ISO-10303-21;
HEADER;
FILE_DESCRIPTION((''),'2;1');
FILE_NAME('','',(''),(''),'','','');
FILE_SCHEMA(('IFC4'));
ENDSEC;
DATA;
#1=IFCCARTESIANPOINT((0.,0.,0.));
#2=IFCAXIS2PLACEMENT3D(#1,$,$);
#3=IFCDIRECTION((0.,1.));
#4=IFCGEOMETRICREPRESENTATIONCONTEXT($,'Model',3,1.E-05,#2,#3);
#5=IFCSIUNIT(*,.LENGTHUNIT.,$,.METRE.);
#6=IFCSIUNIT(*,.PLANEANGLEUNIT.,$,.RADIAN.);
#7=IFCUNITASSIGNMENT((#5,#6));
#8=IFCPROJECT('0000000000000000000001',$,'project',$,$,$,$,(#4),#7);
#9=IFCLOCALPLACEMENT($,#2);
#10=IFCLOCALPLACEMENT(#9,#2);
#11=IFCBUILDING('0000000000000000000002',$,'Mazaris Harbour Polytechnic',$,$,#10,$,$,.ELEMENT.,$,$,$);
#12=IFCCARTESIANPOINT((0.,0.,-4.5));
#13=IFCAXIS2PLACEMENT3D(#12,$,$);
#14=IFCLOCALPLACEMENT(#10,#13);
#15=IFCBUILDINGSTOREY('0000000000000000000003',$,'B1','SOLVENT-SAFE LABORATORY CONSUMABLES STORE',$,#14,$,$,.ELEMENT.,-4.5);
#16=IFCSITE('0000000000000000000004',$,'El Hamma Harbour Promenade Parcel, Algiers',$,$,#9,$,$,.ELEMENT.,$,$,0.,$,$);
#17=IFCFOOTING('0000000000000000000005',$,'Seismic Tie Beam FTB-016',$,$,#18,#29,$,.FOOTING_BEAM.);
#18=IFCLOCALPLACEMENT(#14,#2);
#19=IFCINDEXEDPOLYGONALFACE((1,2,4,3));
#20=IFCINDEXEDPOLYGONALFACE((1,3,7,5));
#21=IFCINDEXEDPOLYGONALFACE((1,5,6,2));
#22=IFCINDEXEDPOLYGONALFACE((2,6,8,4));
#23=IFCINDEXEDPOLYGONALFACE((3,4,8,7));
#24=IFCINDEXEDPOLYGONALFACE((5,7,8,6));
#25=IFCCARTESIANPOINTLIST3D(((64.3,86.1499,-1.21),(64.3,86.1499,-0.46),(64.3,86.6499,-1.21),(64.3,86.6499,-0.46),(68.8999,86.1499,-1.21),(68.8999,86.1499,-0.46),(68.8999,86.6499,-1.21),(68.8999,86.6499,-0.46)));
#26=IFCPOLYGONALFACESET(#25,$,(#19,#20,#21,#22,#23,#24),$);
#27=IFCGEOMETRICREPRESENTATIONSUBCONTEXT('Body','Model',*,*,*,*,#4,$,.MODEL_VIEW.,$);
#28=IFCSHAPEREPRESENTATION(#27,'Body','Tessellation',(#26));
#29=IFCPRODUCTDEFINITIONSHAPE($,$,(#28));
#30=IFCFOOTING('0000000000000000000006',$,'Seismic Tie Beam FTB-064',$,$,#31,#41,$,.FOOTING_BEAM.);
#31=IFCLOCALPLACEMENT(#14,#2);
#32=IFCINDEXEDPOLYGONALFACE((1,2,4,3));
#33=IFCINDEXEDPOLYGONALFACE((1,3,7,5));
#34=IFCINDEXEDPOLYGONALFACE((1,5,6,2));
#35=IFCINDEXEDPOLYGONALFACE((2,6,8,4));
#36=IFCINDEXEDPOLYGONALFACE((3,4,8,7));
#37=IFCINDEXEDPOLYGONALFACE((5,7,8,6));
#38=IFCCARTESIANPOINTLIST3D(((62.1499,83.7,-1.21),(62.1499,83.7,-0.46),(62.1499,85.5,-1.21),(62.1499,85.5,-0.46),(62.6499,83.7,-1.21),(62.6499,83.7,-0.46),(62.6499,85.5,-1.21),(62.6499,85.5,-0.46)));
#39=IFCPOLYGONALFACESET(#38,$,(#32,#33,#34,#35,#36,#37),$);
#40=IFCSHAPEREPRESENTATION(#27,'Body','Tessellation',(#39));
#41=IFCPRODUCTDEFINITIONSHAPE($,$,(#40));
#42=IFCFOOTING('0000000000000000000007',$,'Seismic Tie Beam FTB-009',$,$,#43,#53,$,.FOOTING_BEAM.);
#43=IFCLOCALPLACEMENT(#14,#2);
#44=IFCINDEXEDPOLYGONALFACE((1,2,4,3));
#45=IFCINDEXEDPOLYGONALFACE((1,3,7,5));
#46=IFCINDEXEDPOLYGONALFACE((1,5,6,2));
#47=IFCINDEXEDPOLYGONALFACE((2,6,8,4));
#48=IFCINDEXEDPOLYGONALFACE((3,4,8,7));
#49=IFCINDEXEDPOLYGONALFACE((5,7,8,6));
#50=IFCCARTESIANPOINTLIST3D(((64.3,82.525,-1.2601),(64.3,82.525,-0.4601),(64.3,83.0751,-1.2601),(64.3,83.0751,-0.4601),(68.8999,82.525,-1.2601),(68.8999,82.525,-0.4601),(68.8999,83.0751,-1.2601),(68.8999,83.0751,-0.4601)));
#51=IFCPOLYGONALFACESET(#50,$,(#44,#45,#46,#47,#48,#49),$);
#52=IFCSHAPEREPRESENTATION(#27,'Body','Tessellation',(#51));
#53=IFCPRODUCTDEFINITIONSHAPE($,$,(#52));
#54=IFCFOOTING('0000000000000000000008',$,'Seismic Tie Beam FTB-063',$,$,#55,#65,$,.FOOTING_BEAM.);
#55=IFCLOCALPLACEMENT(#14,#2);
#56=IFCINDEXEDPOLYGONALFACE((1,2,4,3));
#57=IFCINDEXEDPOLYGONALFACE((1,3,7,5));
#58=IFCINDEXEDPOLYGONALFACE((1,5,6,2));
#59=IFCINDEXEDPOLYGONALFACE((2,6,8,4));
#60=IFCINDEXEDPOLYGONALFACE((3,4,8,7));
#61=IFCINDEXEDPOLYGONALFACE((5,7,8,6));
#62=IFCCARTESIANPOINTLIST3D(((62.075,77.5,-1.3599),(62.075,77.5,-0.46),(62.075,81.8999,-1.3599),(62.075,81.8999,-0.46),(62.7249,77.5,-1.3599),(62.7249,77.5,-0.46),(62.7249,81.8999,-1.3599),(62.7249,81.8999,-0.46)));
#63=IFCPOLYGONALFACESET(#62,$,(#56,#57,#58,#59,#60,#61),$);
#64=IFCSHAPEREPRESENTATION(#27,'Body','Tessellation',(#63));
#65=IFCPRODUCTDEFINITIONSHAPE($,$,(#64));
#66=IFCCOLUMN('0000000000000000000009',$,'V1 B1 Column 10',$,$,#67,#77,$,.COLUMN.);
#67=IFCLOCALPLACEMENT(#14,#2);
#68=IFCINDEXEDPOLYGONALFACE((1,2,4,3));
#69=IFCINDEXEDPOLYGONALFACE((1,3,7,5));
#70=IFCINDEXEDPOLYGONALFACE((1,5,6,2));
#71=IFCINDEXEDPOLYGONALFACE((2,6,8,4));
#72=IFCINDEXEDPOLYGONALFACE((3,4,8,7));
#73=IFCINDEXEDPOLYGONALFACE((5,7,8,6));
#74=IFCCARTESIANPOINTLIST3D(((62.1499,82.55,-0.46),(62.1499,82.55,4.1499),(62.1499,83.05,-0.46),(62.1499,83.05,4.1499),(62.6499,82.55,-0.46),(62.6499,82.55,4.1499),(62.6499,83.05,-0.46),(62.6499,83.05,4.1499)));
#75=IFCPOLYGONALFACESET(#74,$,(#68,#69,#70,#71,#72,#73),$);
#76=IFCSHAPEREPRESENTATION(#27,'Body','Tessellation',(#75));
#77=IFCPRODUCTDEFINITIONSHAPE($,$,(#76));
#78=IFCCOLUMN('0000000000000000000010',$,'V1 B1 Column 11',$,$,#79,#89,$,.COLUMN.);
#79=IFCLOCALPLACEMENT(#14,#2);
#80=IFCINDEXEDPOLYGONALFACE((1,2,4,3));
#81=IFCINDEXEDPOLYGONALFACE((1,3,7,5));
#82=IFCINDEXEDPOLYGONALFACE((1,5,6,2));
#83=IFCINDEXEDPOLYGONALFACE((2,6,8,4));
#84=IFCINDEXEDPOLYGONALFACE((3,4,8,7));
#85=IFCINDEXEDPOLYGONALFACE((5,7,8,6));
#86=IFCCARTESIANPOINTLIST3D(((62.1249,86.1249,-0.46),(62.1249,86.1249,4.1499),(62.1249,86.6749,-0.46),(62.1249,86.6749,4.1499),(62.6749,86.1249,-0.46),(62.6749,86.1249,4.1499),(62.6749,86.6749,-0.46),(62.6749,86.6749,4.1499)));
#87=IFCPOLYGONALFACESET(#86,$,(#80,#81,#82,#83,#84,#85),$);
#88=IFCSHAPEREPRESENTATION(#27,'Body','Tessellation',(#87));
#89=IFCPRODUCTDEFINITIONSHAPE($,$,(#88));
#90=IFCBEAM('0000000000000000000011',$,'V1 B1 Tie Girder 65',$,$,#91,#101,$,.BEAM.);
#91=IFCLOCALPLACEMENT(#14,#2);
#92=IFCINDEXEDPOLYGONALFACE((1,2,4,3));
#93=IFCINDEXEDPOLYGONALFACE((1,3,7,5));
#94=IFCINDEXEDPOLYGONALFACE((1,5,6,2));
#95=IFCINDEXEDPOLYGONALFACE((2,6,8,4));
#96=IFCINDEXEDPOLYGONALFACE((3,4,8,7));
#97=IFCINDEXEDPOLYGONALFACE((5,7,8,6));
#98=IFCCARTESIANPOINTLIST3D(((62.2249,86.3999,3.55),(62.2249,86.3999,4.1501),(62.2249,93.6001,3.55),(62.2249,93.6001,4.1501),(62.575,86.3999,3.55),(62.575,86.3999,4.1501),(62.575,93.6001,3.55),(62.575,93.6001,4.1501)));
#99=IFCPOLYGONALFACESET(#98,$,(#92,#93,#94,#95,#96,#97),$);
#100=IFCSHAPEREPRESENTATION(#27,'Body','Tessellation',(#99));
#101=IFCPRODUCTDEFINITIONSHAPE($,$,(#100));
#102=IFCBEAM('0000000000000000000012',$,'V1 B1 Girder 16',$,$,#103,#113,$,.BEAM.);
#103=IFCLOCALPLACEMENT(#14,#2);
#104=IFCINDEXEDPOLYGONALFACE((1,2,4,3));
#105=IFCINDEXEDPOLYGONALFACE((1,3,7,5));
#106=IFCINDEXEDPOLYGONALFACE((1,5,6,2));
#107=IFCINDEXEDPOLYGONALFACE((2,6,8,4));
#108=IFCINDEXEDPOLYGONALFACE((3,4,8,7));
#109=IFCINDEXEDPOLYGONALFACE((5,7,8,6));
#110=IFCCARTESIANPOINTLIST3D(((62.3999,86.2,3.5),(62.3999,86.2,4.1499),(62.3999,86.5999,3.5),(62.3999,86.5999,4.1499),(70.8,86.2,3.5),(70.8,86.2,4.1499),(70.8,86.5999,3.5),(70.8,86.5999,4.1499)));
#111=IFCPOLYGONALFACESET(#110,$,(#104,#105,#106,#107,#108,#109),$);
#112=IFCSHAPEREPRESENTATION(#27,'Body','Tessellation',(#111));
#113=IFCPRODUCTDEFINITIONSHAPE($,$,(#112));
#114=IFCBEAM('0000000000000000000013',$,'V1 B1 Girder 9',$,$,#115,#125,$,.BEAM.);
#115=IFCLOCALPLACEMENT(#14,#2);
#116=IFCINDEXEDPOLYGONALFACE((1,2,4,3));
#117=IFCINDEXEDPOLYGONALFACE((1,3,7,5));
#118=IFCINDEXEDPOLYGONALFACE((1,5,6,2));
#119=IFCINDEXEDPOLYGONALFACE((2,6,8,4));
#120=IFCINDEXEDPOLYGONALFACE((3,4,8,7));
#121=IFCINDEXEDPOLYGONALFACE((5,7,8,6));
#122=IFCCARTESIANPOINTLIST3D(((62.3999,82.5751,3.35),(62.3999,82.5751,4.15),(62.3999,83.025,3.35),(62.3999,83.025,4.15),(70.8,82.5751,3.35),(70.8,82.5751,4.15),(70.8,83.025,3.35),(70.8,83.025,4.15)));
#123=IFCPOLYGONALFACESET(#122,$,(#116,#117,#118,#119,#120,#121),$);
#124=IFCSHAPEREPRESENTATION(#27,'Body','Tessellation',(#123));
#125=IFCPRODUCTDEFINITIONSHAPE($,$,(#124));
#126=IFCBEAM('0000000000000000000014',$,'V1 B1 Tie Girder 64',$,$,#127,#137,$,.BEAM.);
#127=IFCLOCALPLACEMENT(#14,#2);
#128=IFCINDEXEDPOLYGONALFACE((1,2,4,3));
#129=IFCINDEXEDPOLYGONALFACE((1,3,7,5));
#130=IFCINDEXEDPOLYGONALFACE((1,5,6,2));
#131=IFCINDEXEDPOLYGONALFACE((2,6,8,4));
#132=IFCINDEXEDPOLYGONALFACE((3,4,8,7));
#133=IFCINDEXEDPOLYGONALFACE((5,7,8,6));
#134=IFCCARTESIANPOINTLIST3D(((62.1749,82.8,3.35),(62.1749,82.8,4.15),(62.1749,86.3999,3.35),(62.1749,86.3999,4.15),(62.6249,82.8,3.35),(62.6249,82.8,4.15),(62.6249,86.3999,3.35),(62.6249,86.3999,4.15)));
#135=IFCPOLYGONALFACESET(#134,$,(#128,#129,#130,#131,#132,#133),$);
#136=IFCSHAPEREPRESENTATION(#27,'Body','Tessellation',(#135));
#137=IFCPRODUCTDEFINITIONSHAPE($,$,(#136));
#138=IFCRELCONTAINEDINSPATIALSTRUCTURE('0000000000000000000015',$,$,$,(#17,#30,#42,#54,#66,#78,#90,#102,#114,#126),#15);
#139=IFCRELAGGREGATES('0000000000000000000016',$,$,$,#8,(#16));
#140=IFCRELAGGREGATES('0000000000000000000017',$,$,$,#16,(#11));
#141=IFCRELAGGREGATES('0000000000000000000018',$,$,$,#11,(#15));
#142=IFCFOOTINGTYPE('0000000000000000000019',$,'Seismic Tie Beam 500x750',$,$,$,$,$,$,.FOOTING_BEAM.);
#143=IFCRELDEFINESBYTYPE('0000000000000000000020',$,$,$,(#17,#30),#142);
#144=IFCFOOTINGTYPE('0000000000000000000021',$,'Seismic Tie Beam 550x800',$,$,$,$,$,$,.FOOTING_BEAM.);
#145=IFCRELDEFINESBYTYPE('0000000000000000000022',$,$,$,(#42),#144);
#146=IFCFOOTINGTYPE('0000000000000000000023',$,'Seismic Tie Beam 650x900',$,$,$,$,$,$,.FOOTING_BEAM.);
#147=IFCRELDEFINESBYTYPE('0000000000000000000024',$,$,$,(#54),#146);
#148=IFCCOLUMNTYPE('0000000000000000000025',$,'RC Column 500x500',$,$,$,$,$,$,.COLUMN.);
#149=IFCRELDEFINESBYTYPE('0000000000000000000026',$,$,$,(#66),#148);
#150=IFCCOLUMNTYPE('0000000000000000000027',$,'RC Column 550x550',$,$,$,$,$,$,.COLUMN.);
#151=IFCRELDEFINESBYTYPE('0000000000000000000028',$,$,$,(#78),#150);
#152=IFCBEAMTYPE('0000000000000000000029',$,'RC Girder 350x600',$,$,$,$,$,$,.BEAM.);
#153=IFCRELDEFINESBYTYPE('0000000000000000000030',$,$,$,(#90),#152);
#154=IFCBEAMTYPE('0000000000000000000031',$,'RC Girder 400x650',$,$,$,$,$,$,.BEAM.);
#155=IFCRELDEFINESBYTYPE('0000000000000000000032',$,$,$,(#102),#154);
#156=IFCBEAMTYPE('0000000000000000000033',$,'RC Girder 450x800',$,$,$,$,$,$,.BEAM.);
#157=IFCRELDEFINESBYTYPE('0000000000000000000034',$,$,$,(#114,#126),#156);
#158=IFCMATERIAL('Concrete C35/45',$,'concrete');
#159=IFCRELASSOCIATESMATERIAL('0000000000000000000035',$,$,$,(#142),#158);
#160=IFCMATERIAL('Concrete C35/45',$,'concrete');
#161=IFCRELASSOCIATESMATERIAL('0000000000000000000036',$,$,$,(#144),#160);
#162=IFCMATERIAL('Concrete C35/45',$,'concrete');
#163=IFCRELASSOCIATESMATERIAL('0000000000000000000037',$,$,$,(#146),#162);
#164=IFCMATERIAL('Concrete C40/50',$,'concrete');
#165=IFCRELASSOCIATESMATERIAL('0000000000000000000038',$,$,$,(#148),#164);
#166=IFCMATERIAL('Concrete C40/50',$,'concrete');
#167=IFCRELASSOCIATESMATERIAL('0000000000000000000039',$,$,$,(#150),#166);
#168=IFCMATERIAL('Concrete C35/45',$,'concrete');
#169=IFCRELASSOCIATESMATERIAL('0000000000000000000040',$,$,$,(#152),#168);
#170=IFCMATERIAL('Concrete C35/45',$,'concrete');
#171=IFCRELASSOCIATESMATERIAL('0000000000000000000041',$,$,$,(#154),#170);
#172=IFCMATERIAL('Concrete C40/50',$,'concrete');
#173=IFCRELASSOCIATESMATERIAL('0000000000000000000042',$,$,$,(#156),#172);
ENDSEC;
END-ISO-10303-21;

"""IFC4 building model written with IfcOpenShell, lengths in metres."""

from ifc_helpers import new_model, si_unit, direction, frame, origin, origin_2d, place, context, subcontext, project, spatial, rectangle, extrude, material, material_profile, profile_set, type_object, element, save


model = new_model("IFC4")

# Units and contexts
model_context = context("Model", 3, precision=1e-05, world=origin(), true_north=direction((0.0, 1.0)))
body_context = subcontext(model_context, "Body", "Model", "MODEL_VIEW")
ifc_project = project(units=[si_unit("LENGTHUNIT", "METRE"), si_unit("PLANEANGLEUNIT", "RADIAN")], contexts=[model_context])

# Site, building, storey
site_placement = place(None, origin())
site = spatial("IfcSite", under=ifc_project, at=site_placement, Name="El Hamma Harbour Promenade Parcel, Algiers", CompositionType="ELEMENT", RefElevation=0.0)
building_placement = place(site_placement, origin())
building = spatial("IfcBuilding", under=site, at=building_placement, Name="Mazaris Harbour Polytechnic", CompositionType="ELEMENT")
storey_placement = place(building_placement, frame((0.0, 0.0, -4.5)))
storey = spatial("IfcBuildingStorey", under=building, at=storey_placement, Name="B1", Description="SOLVENT-SAFE LABORATORY CONSUMABLES STORE", CompositionType="ELEMENT", Elevation=-4.5)

# Footings
ifc_material_1 = material(Name="Concrete C35/45", Category="concrete")
ifc_material_profile_1 = material_profile(ifc_material_1, rectangle(XDim=0.5, YDim=0.75, at=origin_2d()), Name="RECT500x750")
ifc_profile_set_1 = profile_set([ifc_material_profile_1], Name="Concrete C35/45")
footing_type_1 = type_object("IfcFootingType", Name="Seismic Tie Beam 500x750", PredefinedType="FOOTING_BEAM", material=ifc_profile_set_1)
footing_1_placement = place(storey_placement, frame((64.3, 86.3999, -0.835), z_axis=(1.0, 0.0, 0.0), x_axis=(0.0, 1.0, 0.0)))
element("IfcFooting", 1, at=footing_1_placement, inside=storey, type_object=footing_type_1, Name="Seismic Tie Beam FTB-016", PredefinedType="FOOTING_BEAM", context=body_context, shape_type="SweptSolid", body=[
    extrude(rectangle(XDim=0.5, YDim=0.75, at=origin_2d()), origin(), (0.0, 0.0, 1.0), 4.5999),
])
footing_2_placement = place(storey_placement, frame((62.3999, 83.7, -0.835), z_axis=(0.0, 1.0, 0.0), x_axis=(-1.0, 0.0, 0.0)))
element("IfcFooting", 2, at=footing_2_placement, inside=storey, type_object=footing_type_1, Name="Seismic Tie Beam FTB-064", PredefinedType="FOOTING_BEAM", context=body_context, shape_type="SweptSolid", body=[
    extrude(rectangle(XDim=0.5, YDim=0.75, at=origin_2d()), origin(), (0.0, 0.0, 1.0), 1.8),
])
ifc_material_2 = material(Name="Concrete C35/45", Category="concrete")
ifc_material_profile_2 = material_profile(ifc_material_2, rectangle(XDim=0.55, YDim=0.8, at=origin_2d()), Name="RECT550x800")
ifc_profile_set_2 = profile_set([ifc_material_profile_2], Name="Concrete C35/45")
footing_type_2 = type_object("IfcFootingType", Name="Seismic Tie Beam 550x800", PredefinedType="FOOTING_BEAM", material=ifc_profile_set_2)
footing_3_placement = place(storey_placement, frame((64.3, 82.8, -0.8601), z_axis=(1.0, 0.0, 0.0), x_axis=(0.0, 1.0, 0.0)))
element("IfcFooting", 3, at=footing_3_placement, inside=storey, type_object=footing_type_2, Name="Seismic Tie Beam FTB-009", PredefinedType="FOOTING_BEAM", context=body_context, shape_type="SweptSolid", body=[
    extrude(rectangle(XDim=0.55, YDim=0.8, at=origin_2d()), origin(), (0.0, 0.0, 1.0), 4.5999),
])
ifc_material_3 = material(Name="Concrete C35/45", Category="concrete")
ifc_material_profile_3 = material_profile(ifc_material_3, rectangle(XDim=0.6499, YDim=0.8999, at=origin_2d()), Name="RECT650x900")
ifc_profile_set_3 = profile_set([ifc_material_profile_3], Name="Concrete C35/45")
footing_type_3 = type_object("IfcFootingType", Name="Seismic Tie Beam 650x900", PredefinedType="FOOTING_BEAM", material=ifc_profile_set_3)
footing_4_placement = place(storey_placement, frame((62.3999, 77.5, -0.9099), z_axis=(0.0, 1.0, 0.0), x_axis=(-1.0, 0.0, 0.0)))
element("IfcFooting", 4, at=footing_4_placement, inside=storey, type_object=footing_type_3, Name="Seismic Tie Beam FTB-063", PredefinedType="FOOTING_BEAM", context=body_context, shape_type="SweptSolid", body=[
    extrude(rectangle(XDim=0.6499, YDim=0.8999, at=origin_2d()), origin(), (0.0, 0.0, 1.0), 4.3999),
])

# Columns
ifc_material_4 = material(Name="Concrete C40/50", Category="concrete")
ifc_material_profile_4 = material_profile(ifc_material_4, rectangle(XDim=0.5, YDim=0.5, at=origin_2d()), Name="RECT500x500")
ifc_profile_set_4 = profile_set([ifc_material_profile_4], Name="Concrete C40/50")
column_type_1 = type_object("IfcColumnType", Name="RC Column 500x500", PredefinedType="COLUMN", material=ifc_profile_set_4)
column_1_placement = place(storey_placement, frame((62.3999, 82.8, -0.46), z_axis=(0.0, 0.0, 1.0), x_axis=(1.0, 0.0, 0.0)))
element("IfcColumn", 5, at=column_1_placement, inside=storey, type_object=column_type_1, Name="V1 B1 Column 10", PredefinedType="COLUMN", context=body_context, shape_type="SweptSolid", body=[
    extrude(rectangle(XDim=0.5, YDim=0.5, at=origin_2d()), origin(), (0.0, 0.0, 1.0), 4.6099),
])
ifc_material_5 = material(Name="Concrete C40/50", Category="concrete")
ifc_material_profile_5 = material_profile(ifc_material_5, rectangle(XDim=0.55, YDim=0.55, at=origin_2d()), Name="RECT550x550")
ifc_profile_set_5 = profile_set([ifc_material_profile_5], Name="Concrete C40/50")
column_type_2 = type_object("IfcColumnType", Name="RC Column 550x550", PredefinedType="COLUMN", material=ifc_profile_set_5)
column_2_placement = place(storey_placement, frame((62.3999, 86.3999, -0.46), z_axis=(0.0, 0.0, 1.0), x_axis=(1.0, 0.0, 0.0)))
element("IfcColumn", 6, at=column_2_placement, inside=storey, type_object=column_type_2, Name="V1 B1 Column 11", PredefinedType="COLUMN", context=body_context, shape_type="SweptSolid", body=[
    extrude(rectangle(XDim=0.55, YDim=0.55, at=origin_2d()), origin(), (0.0, 0.0, 1.0), 4.6099),
])

# Beams
ifc_material_6 = material(Name="Concrete C35/45", Category="concrete")
ifc_material_profile_6 = material_profile(ifc_material_6, rectangle(XDim=0.3501, YDim=0.6001, at=origin_2d()), Name="RECT350x600")
ifc_profile_set_6 = profile_set([ifc_material_profile_6], Name="Concrete C35/45")
beam_type_1 = type_object("IfcBeamType", Name="RC Girder 350x600", PredefinedType="BEAM", material=ifc_profile_set_6)
beam_1_placement = place(storey_placement, frame((62.3999, 86.3999, 3.8501), z_axis=(0.0, 1.0, 0.0), x_axis=(-1.0, 0.0, 0.0)))
element("IfcBeam", 7, at=beam_1_placement, inside=storey, type_object=beam_type_1, Name="V1 B1 Tie Girder 65", PredefinedType="BEAM", context=body_context, shape_type="SweptSolid", body=[
    extrude(rectangle(XDim=0.3501, YDim=0.6001, at=origin_2d()), origin(), (0.0, 0.0, 1.0), 7.2002),
])
ifc_material_7 = material(Name="Concrete C35/45", Category="concrete")
ifc_material_profile_7 = material_profile(ifc_material_7, rectangle(XDim=0.3999, YDim=0.6499, at=origin_2d()), Name="RECT400x650")
ifc_profile_set_7 = profile_set([ifc_material_profile_7], Name="Concrete C35/45")
beam_type_2 = type_object("IfcBeamType", Name="RC Girder 400x650", PredefinedType="BEAM", material=ifc_profile_set_7)
beam_2_placement = place(storey_placement, frame((62.3999, 86.3999, 3.825), z_axis=(1.0, 0.0, 0.0), x_axis=(0.0, 1.0, 0.0)))
element("IfcBeam", 8, at=beam_2_placement, inside=storey, type_object=beam_type_2, Name="V1 B1 Girder 16", PredefinedType="BEAM", context=body_context, shape_type="SweptSolid", body=[
    extrude(rectangle(XDim=0.3999, YDim=0.6499, at=origin_2d()), origin(), (0.0, 0.0, 1.0), 8.4001),
])
ifc_material_8 = material(Name="Concrete C40/50", Category="concrete")
ifc_material_profile_8 = material_profile(ifc_material_8, rectangle(XDim=0.45, YDim=0.8, at=origin_2d()), Name="RECT450x800")
ifc_profile_set_8 = profile_set([ifc_material_profile_8], Name="Concrete C40/50")
beam_type_3 = type_object("IfcBeamType", Name="RC Girder 450x800", PredefinedType="BEAM", material=ifc_profile_set_8)
beam_3_placement = place(storey_placement, frame((62.3999, 82.8, 3.75), z_axis=(1.0, 0.0, 0.0), x_axis=(0.0, 1.0, 0.0)))
element("IfcBeam", 9, at=beam_3_placement, inside=storey, type_object=beam_type_3, Name="V1 B1 Girder 9", PredefinedType="BEAM", context=body_context, shape_type="SweptSolid", body=[
    extrude(rectangle(XDim=0.45, YDim=0.8, at=origin_2d()), origin(), (0.0, 0.0, 1.0), 8.4001),
])
beam_4_placement = place(storey_placement, frame((62.3999, 82.8, 3.75), z_axis=(0.0, 1.0, 0.0), x_axis=(-1.0, 0.0, 0.0)))
element("IfcBeam", 10, at=beam_4_placement, inside=storey, type_object=beam_type_3, Name="V1 B1 Tie Girder 64", PredefinedType="BEAM", context=body_context, shape_type="SweptSolid", body=[
    extrude(rectangle(XDim=0.45, YDim=0.8, at=origin_2d()), origin(), (0.0, 0.0, 1.0), 3.5999),
])

save(model, "model.ifc")
